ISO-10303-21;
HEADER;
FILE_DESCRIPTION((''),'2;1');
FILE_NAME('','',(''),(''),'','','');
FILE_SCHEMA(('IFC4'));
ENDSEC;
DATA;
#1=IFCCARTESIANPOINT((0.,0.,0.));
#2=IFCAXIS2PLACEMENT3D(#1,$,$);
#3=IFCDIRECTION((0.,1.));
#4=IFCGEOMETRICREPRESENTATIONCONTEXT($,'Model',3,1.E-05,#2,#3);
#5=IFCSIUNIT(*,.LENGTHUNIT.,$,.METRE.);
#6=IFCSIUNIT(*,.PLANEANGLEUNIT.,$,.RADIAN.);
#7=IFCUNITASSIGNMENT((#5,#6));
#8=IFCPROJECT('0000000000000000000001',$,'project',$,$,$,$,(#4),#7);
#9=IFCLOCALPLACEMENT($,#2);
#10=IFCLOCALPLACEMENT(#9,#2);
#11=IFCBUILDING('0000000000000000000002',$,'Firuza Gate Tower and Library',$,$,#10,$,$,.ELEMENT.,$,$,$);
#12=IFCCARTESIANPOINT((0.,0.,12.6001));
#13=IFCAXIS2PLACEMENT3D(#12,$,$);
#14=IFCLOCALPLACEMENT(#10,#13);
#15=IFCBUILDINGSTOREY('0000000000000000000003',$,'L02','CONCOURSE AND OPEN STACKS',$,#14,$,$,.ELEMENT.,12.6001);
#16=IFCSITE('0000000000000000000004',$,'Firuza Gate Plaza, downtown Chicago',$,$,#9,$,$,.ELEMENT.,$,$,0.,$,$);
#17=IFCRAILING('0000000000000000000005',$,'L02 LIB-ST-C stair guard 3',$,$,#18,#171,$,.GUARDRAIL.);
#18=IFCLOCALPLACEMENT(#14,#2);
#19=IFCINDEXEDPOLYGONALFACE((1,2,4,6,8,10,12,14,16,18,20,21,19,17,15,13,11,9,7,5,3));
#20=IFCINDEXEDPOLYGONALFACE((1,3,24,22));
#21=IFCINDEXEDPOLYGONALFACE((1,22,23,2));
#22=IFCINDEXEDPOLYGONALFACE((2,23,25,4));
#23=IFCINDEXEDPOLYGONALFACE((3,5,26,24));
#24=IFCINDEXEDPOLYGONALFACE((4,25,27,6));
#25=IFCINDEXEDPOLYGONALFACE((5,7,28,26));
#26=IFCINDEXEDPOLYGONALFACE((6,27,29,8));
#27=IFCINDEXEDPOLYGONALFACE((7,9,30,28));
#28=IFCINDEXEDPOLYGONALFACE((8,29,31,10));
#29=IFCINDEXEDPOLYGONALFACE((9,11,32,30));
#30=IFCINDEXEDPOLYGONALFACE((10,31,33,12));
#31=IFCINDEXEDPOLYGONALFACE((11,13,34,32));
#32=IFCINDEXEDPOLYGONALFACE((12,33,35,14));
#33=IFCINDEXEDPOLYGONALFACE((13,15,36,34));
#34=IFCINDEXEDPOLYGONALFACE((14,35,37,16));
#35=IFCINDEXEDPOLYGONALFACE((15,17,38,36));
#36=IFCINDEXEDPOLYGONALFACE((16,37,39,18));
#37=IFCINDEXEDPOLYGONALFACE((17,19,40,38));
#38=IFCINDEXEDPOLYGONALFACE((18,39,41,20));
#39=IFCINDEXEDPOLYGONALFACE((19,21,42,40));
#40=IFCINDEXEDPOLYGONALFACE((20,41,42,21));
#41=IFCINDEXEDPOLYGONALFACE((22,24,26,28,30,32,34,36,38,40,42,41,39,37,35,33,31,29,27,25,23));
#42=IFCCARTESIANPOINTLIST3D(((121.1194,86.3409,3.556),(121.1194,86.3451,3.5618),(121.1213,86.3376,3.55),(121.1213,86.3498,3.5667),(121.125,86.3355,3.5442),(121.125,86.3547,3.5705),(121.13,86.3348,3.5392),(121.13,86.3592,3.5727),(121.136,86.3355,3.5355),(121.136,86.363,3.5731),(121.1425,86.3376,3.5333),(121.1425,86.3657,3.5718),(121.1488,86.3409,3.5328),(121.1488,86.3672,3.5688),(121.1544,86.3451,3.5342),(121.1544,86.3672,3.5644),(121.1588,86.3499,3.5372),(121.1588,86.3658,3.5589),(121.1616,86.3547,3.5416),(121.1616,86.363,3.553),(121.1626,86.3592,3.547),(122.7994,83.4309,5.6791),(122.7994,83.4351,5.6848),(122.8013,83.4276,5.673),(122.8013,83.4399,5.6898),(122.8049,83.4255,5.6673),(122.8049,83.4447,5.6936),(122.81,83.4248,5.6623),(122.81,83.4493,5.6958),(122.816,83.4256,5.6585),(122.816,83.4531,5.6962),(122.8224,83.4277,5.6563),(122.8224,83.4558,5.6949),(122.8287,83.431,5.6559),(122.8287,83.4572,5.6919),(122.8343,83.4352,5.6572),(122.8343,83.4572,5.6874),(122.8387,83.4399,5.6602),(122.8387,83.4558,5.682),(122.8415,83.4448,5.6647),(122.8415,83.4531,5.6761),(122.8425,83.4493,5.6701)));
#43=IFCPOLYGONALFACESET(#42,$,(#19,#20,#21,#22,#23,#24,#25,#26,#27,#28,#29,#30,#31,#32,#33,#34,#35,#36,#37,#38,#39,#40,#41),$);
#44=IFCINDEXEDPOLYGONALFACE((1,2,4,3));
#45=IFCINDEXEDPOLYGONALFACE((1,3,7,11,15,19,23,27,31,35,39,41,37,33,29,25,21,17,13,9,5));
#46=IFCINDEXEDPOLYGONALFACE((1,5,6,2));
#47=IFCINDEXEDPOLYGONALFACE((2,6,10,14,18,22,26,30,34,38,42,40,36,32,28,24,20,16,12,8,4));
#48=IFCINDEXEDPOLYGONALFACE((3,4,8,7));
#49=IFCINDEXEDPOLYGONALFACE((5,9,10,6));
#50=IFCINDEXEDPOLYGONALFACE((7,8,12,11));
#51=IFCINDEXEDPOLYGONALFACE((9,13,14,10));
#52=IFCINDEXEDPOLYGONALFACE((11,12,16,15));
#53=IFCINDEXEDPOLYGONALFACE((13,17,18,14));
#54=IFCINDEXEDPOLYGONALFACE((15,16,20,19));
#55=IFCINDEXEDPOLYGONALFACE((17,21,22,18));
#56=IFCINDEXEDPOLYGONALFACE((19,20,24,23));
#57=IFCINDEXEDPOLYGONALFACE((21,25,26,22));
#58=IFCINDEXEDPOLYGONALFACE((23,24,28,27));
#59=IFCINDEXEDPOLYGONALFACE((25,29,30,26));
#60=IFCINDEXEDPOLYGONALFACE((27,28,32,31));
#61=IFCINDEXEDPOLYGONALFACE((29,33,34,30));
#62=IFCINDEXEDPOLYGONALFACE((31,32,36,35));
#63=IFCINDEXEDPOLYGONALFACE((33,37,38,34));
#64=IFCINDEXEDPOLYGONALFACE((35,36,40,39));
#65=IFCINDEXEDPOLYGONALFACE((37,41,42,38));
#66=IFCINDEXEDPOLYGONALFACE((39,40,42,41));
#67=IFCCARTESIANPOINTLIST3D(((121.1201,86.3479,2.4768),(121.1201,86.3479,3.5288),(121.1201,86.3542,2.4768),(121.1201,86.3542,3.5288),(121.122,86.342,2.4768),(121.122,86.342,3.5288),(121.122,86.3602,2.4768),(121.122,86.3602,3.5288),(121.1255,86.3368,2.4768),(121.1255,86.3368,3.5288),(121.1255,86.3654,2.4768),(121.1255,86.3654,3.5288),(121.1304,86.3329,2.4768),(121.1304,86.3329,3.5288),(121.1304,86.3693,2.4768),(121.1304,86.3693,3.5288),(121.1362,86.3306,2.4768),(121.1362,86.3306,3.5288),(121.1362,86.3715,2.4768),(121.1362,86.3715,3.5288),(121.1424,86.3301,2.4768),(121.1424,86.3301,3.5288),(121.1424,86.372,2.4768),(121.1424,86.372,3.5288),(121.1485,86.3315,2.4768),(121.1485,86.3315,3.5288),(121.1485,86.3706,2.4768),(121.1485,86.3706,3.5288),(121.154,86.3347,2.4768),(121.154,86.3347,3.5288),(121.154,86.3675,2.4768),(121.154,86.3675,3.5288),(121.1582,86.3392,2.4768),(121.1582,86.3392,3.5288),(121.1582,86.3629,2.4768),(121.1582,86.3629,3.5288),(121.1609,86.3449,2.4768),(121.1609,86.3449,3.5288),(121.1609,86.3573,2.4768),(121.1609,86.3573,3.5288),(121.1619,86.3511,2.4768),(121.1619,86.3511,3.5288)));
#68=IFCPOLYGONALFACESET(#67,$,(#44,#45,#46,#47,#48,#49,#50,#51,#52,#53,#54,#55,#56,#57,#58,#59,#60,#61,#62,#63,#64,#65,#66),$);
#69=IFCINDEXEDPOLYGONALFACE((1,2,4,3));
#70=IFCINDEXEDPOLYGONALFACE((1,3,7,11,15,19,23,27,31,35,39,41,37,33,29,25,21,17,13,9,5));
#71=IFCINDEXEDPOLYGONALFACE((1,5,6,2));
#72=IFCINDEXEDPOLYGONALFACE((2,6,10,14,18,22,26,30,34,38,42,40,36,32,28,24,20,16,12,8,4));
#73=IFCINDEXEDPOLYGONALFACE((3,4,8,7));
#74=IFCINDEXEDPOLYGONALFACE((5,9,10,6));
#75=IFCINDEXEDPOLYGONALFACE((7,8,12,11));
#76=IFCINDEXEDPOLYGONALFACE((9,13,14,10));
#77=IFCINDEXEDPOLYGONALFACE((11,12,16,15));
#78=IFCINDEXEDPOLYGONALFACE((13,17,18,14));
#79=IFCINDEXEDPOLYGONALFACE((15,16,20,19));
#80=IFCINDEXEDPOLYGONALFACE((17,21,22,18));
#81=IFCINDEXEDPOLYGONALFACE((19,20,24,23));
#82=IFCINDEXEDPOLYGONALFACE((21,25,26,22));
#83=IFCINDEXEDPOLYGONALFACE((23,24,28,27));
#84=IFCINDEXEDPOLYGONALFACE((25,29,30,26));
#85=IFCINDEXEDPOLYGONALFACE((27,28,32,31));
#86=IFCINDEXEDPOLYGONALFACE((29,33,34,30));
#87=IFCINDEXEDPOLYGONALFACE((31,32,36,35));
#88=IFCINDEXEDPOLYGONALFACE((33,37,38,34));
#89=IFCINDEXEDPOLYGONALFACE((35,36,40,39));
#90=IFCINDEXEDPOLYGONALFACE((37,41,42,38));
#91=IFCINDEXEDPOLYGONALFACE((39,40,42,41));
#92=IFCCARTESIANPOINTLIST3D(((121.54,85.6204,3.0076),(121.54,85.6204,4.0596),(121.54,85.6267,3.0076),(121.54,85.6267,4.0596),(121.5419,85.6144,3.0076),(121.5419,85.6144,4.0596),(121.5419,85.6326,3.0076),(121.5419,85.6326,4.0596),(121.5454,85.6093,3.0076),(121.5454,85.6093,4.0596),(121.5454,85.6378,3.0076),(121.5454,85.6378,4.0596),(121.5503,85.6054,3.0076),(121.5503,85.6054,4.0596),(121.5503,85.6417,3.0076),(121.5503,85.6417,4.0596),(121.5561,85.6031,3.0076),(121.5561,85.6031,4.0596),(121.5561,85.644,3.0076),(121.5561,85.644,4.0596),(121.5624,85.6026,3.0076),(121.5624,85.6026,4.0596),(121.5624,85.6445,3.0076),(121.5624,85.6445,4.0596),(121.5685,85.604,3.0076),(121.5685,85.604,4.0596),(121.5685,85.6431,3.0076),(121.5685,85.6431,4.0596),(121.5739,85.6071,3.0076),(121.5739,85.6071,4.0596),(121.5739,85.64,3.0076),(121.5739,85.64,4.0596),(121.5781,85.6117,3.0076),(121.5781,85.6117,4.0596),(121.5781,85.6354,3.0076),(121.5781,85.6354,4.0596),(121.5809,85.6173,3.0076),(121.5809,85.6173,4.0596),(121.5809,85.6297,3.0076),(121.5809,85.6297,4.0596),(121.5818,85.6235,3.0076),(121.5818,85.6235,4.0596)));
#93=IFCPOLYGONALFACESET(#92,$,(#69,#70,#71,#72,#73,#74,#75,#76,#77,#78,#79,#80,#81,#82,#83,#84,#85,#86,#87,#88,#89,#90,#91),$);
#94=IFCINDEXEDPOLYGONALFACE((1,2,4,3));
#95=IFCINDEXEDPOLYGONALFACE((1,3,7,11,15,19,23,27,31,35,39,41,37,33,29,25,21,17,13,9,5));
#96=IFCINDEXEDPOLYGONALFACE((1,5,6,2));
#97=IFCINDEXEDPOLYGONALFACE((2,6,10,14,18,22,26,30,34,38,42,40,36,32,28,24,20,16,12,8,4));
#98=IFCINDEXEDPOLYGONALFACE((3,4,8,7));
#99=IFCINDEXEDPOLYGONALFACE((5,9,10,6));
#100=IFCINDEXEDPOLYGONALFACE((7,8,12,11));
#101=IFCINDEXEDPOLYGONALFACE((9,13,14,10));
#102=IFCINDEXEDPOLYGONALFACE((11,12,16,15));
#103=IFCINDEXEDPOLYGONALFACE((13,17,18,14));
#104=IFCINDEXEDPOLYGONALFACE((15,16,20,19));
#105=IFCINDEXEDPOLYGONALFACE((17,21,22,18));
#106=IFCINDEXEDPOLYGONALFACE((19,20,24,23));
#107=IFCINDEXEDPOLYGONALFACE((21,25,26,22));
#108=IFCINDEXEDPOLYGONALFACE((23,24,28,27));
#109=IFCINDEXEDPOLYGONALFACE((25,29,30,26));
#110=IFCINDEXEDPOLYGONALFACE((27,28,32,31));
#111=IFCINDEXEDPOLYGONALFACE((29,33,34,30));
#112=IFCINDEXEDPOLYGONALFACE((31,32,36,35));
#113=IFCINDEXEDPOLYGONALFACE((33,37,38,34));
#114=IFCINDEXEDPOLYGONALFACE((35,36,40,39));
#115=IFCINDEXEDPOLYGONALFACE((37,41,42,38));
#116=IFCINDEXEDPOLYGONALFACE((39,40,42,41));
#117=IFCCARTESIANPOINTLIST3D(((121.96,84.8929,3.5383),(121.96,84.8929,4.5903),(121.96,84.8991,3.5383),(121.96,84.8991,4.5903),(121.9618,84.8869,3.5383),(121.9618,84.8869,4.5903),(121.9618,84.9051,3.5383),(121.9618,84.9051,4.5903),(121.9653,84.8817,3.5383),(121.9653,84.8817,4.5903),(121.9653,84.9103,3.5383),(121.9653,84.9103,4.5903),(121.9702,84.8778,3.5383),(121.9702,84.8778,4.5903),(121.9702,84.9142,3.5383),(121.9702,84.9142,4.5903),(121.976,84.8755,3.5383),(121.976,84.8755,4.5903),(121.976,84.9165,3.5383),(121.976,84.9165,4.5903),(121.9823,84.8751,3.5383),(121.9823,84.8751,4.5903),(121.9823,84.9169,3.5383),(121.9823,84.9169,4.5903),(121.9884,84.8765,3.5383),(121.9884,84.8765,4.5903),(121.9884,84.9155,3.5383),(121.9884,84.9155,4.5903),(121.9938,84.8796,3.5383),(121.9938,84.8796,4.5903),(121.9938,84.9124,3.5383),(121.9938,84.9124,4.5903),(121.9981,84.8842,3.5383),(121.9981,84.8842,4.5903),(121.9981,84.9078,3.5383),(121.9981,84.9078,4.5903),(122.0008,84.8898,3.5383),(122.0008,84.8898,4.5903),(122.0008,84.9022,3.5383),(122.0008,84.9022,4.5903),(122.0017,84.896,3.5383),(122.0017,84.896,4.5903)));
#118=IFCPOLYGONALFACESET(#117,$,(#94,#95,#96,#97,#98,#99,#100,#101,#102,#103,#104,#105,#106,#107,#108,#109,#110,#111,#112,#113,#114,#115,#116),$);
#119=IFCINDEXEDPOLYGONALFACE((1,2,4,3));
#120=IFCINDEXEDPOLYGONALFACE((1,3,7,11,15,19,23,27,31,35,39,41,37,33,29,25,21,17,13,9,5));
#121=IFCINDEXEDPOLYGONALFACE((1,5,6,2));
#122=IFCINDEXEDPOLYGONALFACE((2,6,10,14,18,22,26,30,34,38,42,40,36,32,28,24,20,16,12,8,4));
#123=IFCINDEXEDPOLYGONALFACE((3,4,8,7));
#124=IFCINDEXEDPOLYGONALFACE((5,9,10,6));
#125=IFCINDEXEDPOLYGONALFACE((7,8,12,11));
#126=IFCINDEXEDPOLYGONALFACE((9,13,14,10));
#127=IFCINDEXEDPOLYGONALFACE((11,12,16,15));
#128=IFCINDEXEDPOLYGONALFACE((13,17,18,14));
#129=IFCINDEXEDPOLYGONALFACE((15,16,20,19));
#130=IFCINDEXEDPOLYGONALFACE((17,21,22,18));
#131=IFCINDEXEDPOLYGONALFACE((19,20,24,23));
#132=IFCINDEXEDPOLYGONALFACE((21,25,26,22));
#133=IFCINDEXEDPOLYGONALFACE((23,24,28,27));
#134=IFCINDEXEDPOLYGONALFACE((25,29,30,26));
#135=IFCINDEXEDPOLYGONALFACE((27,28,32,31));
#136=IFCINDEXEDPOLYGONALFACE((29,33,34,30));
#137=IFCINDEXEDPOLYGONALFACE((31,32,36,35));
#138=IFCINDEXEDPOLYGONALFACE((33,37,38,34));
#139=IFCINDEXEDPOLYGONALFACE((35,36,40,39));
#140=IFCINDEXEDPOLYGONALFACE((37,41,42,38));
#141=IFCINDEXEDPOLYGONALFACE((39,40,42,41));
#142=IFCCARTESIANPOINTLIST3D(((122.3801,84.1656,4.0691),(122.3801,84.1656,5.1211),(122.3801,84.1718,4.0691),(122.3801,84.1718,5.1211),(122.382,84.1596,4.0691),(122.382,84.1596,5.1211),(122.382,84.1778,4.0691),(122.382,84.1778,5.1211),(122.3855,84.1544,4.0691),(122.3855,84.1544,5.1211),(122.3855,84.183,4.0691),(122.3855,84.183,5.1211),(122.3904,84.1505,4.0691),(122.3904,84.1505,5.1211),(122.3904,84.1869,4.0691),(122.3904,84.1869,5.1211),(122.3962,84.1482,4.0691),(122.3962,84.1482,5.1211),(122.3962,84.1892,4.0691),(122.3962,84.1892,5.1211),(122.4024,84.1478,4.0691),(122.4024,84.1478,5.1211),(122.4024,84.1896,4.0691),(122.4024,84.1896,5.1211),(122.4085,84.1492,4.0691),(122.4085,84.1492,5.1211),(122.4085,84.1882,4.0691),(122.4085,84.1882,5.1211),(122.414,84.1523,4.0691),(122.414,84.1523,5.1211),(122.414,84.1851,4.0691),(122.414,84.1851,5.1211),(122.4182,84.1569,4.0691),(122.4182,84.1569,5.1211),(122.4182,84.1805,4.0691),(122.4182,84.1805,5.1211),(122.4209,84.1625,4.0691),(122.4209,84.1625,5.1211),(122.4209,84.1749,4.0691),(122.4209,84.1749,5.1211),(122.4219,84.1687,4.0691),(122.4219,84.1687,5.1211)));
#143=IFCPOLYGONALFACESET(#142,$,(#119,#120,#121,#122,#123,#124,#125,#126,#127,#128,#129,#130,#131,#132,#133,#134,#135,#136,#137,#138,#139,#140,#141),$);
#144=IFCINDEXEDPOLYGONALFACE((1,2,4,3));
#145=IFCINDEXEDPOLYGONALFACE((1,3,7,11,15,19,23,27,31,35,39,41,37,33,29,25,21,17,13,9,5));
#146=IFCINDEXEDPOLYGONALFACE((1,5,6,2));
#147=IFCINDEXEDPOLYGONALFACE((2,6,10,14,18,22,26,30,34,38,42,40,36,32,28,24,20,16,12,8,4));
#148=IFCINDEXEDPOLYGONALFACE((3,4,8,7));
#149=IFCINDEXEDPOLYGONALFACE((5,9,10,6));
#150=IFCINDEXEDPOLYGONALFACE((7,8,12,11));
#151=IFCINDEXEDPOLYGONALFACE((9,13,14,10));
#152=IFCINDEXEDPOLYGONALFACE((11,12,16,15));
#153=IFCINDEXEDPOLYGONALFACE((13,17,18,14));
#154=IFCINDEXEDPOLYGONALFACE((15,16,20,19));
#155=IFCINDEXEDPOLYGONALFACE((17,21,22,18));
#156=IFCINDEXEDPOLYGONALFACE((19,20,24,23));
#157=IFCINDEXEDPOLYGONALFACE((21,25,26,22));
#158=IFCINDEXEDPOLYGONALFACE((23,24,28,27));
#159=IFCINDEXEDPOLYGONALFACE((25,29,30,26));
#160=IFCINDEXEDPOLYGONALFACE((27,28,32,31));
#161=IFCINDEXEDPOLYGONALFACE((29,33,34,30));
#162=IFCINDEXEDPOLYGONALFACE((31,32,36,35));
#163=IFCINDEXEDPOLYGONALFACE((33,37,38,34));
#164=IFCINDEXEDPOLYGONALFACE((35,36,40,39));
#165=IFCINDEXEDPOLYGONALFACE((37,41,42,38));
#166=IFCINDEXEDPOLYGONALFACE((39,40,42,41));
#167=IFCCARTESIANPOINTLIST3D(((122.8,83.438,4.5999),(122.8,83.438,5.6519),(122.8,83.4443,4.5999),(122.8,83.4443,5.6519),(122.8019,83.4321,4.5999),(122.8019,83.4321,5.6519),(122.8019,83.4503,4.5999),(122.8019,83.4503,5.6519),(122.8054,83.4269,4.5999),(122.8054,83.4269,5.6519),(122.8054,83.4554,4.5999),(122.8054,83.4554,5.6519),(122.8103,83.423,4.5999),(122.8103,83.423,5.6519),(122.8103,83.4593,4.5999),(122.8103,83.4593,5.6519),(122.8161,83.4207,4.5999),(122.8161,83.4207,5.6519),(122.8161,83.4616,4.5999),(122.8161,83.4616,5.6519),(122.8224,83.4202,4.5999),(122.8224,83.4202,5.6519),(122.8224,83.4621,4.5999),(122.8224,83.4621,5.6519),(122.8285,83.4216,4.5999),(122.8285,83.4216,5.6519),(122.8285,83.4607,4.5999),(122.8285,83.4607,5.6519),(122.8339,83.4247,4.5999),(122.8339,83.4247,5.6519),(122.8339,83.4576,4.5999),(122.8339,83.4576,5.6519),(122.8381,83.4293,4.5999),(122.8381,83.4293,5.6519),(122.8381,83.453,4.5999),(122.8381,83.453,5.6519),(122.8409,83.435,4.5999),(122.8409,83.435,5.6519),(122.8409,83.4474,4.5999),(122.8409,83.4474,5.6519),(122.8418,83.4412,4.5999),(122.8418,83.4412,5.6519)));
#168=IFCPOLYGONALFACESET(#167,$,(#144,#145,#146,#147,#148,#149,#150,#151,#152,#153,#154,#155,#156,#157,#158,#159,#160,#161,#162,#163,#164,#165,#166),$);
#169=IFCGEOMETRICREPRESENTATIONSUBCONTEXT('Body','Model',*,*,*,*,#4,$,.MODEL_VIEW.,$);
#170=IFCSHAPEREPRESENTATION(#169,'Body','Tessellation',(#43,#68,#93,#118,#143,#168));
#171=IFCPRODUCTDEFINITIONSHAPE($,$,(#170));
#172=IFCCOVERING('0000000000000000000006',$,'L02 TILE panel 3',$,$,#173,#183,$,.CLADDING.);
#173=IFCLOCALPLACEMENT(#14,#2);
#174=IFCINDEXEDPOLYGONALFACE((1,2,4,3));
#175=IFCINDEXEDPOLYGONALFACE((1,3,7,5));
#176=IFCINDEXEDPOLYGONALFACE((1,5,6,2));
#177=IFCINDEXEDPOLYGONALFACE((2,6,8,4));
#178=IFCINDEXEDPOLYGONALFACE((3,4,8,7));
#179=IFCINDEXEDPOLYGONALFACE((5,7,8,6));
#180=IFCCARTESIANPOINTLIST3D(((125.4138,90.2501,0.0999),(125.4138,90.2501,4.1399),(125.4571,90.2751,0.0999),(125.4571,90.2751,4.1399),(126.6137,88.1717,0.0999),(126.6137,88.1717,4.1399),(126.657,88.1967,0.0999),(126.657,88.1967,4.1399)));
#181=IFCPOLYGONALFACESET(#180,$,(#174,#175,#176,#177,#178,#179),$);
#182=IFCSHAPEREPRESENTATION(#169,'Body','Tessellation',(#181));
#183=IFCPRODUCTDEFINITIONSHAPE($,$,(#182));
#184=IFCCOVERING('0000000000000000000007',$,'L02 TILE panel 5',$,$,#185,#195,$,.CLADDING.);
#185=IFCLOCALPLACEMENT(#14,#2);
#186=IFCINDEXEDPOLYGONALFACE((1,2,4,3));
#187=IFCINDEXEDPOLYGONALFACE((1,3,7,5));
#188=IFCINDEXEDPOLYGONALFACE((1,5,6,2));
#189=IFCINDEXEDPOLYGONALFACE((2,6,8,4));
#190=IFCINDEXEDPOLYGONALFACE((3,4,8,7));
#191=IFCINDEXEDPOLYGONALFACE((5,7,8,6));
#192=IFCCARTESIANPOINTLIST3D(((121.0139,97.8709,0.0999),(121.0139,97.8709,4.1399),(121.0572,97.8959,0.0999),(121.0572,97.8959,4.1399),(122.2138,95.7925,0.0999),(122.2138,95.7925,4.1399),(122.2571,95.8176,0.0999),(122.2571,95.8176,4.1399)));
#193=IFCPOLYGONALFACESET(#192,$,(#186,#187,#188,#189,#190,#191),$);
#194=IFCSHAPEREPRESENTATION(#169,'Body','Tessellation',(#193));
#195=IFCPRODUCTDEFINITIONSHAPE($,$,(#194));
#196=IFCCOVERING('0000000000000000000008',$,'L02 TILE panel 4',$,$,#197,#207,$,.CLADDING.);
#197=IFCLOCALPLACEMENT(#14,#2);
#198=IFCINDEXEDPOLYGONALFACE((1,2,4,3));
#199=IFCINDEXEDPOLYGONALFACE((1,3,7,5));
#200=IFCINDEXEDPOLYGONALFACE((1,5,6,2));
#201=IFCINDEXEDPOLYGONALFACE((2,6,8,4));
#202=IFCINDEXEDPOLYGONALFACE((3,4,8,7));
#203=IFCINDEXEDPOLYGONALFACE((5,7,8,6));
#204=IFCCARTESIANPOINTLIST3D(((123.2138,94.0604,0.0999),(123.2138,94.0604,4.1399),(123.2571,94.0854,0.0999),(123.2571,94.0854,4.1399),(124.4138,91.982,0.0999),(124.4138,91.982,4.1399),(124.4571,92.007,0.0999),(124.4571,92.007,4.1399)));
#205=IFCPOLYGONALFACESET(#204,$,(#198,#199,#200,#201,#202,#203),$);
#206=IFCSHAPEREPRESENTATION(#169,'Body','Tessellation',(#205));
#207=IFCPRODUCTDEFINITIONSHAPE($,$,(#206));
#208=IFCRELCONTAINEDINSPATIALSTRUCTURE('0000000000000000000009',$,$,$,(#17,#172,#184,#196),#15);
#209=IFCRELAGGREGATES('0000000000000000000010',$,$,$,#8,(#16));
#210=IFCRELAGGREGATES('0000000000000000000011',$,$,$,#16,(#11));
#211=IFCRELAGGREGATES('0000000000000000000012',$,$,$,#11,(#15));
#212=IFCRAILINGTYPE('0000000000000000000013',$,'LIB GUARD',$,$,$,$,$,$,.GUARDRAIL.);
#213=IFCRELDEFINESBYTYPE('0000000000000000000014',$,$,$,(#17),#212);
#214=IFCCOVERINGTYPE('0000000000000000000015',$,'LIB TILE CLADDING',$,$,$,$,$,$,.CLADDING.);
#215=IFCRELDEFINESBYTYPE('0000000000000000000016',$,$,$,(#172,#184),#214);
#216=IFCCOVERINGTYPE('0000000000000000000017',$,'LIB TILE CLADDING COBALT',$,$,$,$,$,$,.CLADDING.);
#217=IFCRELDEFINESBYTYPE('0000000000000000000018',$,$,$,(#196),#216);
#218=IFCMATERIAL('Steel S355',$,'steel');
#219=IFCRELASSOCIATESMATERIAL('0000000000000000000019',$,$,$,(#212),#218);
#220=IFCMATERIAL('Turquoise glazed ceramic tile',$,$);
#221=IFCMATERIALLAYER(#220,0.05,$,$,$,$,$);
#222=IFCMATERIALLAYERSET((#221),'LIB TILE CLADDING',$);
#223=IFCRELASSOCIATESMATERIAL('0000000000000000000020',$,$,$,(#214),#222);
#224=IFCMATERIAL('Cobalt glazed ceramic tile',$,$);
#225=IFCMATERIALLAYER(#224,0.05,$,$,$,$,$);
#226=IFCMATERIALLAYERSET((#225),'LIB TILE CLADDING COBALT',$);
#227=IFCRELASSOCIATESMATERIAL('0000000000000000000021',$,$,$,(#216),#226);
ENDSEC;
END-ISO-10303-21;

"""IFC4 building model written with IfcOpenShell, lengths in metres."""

from ifc_helpers import new_model, si_unit, direction, frame, origin, origin_2d, place, context, subcontext, project, spatial, rectangle, circle, extrude, material, layer, layer_set, type_object, element, save


model = new_model("IFC4")

# Units and contexts
model_context = context("Model", 3, precision=1e-05, world=origin(), true_north=direction((0.0, 1.0)))
body_context = subcontext(model_context, "Body", "Model", "MODEL_VIEW")
ifc_project = project(units=[si_unit("LENGTHUNIT", "METRE"), si_unit("PLANEANGLEUNIT", "RADIAN")], contexts=[model_context])

# Site, building, storey
site_placement = place(None, origin())
site = spatial("IfcSite", under=ifc_project, at=site_placement, Name="Firuza Gate Plaza, downtown Chicago", CompositionType="ELEMENT", RefElevation=0.0)
building_placement = place(site_placement, origin())
building = spatial("IfcBuilding", under=site, at=building_placement, Name="Firuza Gate Tower and Library", CompositionType="ELEMENT")
storey_placement = place(building_placement, frame((0.0, 0.0, 12.6001)))
storey = spatial("IfcBuildingStorey", under=building, at=storey_placement, Name="L02", Description="CONCOURSE AND OPEN STACKS", CompositionType="ELEMENT", Elevation=12.6001)

# Railing
ifc_material_1 = material(Name="Steel S355", Category="steel")
railing_type = type_object("IfcRailingType", Name="LIB GUARD", PredefinedType="GUARDRAIL", material=ifc_material_1)
railing_1_placement = place(storey_placement, frame((121.1409, 86.3511, 2.4768)))
element("IfcRailing", 1, at=railing_1_placement, inside=storey, type_object=railing_type, Name="L02 LIB-ST-C stair guard 3", PredefinedType="GUARDRAIL", context=body_context, shape_type="SweptSolid", body=[
    extrude(circle(Radius=0.0239, at=origin_2d()), frame((0.0, 0.0, 1.0762), z_axis=(0.422672, -0.732135, 0.53416), x_axis=(0.866039, 0.499976, 0.0)), (0.0, 0.0, 1.0), 3.9746),
    extrude(circle(Radius=0.021, at=origin_2d()), origin(), (0.0, 0.0, 1.0), 1.052),
    extrude(circle(Radius=0.021, at=origin_2d()), frame((0.4199, -0.7275, 0.5308)), (0.0, 0.0, 1.0), 1.052),
    extrude(circle(Radius=0.021, at=origin_2d()), frame((0.8398, -1.4551, 1.0615)), (0.0, 0.0, 1.0), 1.052),
    extrude(circle(Radius=0.021, at=origin_2d()), frame((1.26, -2.1824, 1.5923)), (0.0, 0.0, 1.0), 1.052),
    extrude(circle(Radius=0.021, at=origin_2d()), frame((1.6799, -2.9099, 2.123)), (0.0, 0.0, 1.0), 1.052),
])

# Coverings
ifc_material_2 = material(Name="Turquoise glazed ceramic tile")
ifc_layer_1 = layer(ifc_material_2, 0.05)
ifc_layer_set_1 = layer_set([ifc_layer_1], Name="LIB TILE CLADDING")
covering_type_1 = type_object("IfcCoveringType", Name="LIB TILE CLADDING", PredefinedType="CLADDING", material=ifc_layer_set_1)
for number, where, z_axis, x_axis, name in (
    (2, (126.0354, 89.2234, 0.0999), (0.0, 0.0, 1.0), (-0.5, 0.866025, 0.0), "L02 TILE panel 3"),
    (3, (121.6355, 96.8442, 0.0999), (0.0, 0.0, 1.0), (-0.5, 0.866025, 0.0), "L02 TILE panel 5"),
):
    element("IfcCovering", number, at=place(storey_placement, frame(where, z_axis=z_axis, x_axis=x_axis)), inside=storey, type_object=covering_type_1, Name=name, PredefinedType="CLADDING", context=body_context, shape_type="SweptSolid", body=[
        extrude(rectangle(XDim=2.3999, YDim=0.05, at=origin_2d()), origin(), (0.0, 0.0, 1.0), 4.04),
    ])
ifc_material_3 = material(Name="Cobalt glazed ceramic tile")
ifc_layer_2 = layer(ifc_material_3, 0.05)
ifc_layer_set_2 = layer_set([ifc_layer_2], Name="LIB TILE CLADDING COBALT")
covering_type_2 = type_object("IfcCoveringType", Name="LIB TILE CLADDING COBALT", PredefinedType="CLADDING", material=ifc_layer_set_2)
covering_placement = place(storey_placement, frame((123.8354, 93.0337, 0.0999), z_axis=(0.0, 0.0, 1.0), x_axis=(-0.5, 0.866025, 0.0)))
element("IfcCovering", 4, at=covering_placement, inside=storey, type_object=covering_type_2, Name="L02 TILE panel 4", PredefinedType="CLADDING", context=body_context, shape_type="SweptSolid", body=[
    extrude(rectangle(XDim=2.3999, YDim=0.05, at=origin_2d()), origin(), (0.0, 0.0, 1.0), 4.04),
])

save(model, "model.ifc")
